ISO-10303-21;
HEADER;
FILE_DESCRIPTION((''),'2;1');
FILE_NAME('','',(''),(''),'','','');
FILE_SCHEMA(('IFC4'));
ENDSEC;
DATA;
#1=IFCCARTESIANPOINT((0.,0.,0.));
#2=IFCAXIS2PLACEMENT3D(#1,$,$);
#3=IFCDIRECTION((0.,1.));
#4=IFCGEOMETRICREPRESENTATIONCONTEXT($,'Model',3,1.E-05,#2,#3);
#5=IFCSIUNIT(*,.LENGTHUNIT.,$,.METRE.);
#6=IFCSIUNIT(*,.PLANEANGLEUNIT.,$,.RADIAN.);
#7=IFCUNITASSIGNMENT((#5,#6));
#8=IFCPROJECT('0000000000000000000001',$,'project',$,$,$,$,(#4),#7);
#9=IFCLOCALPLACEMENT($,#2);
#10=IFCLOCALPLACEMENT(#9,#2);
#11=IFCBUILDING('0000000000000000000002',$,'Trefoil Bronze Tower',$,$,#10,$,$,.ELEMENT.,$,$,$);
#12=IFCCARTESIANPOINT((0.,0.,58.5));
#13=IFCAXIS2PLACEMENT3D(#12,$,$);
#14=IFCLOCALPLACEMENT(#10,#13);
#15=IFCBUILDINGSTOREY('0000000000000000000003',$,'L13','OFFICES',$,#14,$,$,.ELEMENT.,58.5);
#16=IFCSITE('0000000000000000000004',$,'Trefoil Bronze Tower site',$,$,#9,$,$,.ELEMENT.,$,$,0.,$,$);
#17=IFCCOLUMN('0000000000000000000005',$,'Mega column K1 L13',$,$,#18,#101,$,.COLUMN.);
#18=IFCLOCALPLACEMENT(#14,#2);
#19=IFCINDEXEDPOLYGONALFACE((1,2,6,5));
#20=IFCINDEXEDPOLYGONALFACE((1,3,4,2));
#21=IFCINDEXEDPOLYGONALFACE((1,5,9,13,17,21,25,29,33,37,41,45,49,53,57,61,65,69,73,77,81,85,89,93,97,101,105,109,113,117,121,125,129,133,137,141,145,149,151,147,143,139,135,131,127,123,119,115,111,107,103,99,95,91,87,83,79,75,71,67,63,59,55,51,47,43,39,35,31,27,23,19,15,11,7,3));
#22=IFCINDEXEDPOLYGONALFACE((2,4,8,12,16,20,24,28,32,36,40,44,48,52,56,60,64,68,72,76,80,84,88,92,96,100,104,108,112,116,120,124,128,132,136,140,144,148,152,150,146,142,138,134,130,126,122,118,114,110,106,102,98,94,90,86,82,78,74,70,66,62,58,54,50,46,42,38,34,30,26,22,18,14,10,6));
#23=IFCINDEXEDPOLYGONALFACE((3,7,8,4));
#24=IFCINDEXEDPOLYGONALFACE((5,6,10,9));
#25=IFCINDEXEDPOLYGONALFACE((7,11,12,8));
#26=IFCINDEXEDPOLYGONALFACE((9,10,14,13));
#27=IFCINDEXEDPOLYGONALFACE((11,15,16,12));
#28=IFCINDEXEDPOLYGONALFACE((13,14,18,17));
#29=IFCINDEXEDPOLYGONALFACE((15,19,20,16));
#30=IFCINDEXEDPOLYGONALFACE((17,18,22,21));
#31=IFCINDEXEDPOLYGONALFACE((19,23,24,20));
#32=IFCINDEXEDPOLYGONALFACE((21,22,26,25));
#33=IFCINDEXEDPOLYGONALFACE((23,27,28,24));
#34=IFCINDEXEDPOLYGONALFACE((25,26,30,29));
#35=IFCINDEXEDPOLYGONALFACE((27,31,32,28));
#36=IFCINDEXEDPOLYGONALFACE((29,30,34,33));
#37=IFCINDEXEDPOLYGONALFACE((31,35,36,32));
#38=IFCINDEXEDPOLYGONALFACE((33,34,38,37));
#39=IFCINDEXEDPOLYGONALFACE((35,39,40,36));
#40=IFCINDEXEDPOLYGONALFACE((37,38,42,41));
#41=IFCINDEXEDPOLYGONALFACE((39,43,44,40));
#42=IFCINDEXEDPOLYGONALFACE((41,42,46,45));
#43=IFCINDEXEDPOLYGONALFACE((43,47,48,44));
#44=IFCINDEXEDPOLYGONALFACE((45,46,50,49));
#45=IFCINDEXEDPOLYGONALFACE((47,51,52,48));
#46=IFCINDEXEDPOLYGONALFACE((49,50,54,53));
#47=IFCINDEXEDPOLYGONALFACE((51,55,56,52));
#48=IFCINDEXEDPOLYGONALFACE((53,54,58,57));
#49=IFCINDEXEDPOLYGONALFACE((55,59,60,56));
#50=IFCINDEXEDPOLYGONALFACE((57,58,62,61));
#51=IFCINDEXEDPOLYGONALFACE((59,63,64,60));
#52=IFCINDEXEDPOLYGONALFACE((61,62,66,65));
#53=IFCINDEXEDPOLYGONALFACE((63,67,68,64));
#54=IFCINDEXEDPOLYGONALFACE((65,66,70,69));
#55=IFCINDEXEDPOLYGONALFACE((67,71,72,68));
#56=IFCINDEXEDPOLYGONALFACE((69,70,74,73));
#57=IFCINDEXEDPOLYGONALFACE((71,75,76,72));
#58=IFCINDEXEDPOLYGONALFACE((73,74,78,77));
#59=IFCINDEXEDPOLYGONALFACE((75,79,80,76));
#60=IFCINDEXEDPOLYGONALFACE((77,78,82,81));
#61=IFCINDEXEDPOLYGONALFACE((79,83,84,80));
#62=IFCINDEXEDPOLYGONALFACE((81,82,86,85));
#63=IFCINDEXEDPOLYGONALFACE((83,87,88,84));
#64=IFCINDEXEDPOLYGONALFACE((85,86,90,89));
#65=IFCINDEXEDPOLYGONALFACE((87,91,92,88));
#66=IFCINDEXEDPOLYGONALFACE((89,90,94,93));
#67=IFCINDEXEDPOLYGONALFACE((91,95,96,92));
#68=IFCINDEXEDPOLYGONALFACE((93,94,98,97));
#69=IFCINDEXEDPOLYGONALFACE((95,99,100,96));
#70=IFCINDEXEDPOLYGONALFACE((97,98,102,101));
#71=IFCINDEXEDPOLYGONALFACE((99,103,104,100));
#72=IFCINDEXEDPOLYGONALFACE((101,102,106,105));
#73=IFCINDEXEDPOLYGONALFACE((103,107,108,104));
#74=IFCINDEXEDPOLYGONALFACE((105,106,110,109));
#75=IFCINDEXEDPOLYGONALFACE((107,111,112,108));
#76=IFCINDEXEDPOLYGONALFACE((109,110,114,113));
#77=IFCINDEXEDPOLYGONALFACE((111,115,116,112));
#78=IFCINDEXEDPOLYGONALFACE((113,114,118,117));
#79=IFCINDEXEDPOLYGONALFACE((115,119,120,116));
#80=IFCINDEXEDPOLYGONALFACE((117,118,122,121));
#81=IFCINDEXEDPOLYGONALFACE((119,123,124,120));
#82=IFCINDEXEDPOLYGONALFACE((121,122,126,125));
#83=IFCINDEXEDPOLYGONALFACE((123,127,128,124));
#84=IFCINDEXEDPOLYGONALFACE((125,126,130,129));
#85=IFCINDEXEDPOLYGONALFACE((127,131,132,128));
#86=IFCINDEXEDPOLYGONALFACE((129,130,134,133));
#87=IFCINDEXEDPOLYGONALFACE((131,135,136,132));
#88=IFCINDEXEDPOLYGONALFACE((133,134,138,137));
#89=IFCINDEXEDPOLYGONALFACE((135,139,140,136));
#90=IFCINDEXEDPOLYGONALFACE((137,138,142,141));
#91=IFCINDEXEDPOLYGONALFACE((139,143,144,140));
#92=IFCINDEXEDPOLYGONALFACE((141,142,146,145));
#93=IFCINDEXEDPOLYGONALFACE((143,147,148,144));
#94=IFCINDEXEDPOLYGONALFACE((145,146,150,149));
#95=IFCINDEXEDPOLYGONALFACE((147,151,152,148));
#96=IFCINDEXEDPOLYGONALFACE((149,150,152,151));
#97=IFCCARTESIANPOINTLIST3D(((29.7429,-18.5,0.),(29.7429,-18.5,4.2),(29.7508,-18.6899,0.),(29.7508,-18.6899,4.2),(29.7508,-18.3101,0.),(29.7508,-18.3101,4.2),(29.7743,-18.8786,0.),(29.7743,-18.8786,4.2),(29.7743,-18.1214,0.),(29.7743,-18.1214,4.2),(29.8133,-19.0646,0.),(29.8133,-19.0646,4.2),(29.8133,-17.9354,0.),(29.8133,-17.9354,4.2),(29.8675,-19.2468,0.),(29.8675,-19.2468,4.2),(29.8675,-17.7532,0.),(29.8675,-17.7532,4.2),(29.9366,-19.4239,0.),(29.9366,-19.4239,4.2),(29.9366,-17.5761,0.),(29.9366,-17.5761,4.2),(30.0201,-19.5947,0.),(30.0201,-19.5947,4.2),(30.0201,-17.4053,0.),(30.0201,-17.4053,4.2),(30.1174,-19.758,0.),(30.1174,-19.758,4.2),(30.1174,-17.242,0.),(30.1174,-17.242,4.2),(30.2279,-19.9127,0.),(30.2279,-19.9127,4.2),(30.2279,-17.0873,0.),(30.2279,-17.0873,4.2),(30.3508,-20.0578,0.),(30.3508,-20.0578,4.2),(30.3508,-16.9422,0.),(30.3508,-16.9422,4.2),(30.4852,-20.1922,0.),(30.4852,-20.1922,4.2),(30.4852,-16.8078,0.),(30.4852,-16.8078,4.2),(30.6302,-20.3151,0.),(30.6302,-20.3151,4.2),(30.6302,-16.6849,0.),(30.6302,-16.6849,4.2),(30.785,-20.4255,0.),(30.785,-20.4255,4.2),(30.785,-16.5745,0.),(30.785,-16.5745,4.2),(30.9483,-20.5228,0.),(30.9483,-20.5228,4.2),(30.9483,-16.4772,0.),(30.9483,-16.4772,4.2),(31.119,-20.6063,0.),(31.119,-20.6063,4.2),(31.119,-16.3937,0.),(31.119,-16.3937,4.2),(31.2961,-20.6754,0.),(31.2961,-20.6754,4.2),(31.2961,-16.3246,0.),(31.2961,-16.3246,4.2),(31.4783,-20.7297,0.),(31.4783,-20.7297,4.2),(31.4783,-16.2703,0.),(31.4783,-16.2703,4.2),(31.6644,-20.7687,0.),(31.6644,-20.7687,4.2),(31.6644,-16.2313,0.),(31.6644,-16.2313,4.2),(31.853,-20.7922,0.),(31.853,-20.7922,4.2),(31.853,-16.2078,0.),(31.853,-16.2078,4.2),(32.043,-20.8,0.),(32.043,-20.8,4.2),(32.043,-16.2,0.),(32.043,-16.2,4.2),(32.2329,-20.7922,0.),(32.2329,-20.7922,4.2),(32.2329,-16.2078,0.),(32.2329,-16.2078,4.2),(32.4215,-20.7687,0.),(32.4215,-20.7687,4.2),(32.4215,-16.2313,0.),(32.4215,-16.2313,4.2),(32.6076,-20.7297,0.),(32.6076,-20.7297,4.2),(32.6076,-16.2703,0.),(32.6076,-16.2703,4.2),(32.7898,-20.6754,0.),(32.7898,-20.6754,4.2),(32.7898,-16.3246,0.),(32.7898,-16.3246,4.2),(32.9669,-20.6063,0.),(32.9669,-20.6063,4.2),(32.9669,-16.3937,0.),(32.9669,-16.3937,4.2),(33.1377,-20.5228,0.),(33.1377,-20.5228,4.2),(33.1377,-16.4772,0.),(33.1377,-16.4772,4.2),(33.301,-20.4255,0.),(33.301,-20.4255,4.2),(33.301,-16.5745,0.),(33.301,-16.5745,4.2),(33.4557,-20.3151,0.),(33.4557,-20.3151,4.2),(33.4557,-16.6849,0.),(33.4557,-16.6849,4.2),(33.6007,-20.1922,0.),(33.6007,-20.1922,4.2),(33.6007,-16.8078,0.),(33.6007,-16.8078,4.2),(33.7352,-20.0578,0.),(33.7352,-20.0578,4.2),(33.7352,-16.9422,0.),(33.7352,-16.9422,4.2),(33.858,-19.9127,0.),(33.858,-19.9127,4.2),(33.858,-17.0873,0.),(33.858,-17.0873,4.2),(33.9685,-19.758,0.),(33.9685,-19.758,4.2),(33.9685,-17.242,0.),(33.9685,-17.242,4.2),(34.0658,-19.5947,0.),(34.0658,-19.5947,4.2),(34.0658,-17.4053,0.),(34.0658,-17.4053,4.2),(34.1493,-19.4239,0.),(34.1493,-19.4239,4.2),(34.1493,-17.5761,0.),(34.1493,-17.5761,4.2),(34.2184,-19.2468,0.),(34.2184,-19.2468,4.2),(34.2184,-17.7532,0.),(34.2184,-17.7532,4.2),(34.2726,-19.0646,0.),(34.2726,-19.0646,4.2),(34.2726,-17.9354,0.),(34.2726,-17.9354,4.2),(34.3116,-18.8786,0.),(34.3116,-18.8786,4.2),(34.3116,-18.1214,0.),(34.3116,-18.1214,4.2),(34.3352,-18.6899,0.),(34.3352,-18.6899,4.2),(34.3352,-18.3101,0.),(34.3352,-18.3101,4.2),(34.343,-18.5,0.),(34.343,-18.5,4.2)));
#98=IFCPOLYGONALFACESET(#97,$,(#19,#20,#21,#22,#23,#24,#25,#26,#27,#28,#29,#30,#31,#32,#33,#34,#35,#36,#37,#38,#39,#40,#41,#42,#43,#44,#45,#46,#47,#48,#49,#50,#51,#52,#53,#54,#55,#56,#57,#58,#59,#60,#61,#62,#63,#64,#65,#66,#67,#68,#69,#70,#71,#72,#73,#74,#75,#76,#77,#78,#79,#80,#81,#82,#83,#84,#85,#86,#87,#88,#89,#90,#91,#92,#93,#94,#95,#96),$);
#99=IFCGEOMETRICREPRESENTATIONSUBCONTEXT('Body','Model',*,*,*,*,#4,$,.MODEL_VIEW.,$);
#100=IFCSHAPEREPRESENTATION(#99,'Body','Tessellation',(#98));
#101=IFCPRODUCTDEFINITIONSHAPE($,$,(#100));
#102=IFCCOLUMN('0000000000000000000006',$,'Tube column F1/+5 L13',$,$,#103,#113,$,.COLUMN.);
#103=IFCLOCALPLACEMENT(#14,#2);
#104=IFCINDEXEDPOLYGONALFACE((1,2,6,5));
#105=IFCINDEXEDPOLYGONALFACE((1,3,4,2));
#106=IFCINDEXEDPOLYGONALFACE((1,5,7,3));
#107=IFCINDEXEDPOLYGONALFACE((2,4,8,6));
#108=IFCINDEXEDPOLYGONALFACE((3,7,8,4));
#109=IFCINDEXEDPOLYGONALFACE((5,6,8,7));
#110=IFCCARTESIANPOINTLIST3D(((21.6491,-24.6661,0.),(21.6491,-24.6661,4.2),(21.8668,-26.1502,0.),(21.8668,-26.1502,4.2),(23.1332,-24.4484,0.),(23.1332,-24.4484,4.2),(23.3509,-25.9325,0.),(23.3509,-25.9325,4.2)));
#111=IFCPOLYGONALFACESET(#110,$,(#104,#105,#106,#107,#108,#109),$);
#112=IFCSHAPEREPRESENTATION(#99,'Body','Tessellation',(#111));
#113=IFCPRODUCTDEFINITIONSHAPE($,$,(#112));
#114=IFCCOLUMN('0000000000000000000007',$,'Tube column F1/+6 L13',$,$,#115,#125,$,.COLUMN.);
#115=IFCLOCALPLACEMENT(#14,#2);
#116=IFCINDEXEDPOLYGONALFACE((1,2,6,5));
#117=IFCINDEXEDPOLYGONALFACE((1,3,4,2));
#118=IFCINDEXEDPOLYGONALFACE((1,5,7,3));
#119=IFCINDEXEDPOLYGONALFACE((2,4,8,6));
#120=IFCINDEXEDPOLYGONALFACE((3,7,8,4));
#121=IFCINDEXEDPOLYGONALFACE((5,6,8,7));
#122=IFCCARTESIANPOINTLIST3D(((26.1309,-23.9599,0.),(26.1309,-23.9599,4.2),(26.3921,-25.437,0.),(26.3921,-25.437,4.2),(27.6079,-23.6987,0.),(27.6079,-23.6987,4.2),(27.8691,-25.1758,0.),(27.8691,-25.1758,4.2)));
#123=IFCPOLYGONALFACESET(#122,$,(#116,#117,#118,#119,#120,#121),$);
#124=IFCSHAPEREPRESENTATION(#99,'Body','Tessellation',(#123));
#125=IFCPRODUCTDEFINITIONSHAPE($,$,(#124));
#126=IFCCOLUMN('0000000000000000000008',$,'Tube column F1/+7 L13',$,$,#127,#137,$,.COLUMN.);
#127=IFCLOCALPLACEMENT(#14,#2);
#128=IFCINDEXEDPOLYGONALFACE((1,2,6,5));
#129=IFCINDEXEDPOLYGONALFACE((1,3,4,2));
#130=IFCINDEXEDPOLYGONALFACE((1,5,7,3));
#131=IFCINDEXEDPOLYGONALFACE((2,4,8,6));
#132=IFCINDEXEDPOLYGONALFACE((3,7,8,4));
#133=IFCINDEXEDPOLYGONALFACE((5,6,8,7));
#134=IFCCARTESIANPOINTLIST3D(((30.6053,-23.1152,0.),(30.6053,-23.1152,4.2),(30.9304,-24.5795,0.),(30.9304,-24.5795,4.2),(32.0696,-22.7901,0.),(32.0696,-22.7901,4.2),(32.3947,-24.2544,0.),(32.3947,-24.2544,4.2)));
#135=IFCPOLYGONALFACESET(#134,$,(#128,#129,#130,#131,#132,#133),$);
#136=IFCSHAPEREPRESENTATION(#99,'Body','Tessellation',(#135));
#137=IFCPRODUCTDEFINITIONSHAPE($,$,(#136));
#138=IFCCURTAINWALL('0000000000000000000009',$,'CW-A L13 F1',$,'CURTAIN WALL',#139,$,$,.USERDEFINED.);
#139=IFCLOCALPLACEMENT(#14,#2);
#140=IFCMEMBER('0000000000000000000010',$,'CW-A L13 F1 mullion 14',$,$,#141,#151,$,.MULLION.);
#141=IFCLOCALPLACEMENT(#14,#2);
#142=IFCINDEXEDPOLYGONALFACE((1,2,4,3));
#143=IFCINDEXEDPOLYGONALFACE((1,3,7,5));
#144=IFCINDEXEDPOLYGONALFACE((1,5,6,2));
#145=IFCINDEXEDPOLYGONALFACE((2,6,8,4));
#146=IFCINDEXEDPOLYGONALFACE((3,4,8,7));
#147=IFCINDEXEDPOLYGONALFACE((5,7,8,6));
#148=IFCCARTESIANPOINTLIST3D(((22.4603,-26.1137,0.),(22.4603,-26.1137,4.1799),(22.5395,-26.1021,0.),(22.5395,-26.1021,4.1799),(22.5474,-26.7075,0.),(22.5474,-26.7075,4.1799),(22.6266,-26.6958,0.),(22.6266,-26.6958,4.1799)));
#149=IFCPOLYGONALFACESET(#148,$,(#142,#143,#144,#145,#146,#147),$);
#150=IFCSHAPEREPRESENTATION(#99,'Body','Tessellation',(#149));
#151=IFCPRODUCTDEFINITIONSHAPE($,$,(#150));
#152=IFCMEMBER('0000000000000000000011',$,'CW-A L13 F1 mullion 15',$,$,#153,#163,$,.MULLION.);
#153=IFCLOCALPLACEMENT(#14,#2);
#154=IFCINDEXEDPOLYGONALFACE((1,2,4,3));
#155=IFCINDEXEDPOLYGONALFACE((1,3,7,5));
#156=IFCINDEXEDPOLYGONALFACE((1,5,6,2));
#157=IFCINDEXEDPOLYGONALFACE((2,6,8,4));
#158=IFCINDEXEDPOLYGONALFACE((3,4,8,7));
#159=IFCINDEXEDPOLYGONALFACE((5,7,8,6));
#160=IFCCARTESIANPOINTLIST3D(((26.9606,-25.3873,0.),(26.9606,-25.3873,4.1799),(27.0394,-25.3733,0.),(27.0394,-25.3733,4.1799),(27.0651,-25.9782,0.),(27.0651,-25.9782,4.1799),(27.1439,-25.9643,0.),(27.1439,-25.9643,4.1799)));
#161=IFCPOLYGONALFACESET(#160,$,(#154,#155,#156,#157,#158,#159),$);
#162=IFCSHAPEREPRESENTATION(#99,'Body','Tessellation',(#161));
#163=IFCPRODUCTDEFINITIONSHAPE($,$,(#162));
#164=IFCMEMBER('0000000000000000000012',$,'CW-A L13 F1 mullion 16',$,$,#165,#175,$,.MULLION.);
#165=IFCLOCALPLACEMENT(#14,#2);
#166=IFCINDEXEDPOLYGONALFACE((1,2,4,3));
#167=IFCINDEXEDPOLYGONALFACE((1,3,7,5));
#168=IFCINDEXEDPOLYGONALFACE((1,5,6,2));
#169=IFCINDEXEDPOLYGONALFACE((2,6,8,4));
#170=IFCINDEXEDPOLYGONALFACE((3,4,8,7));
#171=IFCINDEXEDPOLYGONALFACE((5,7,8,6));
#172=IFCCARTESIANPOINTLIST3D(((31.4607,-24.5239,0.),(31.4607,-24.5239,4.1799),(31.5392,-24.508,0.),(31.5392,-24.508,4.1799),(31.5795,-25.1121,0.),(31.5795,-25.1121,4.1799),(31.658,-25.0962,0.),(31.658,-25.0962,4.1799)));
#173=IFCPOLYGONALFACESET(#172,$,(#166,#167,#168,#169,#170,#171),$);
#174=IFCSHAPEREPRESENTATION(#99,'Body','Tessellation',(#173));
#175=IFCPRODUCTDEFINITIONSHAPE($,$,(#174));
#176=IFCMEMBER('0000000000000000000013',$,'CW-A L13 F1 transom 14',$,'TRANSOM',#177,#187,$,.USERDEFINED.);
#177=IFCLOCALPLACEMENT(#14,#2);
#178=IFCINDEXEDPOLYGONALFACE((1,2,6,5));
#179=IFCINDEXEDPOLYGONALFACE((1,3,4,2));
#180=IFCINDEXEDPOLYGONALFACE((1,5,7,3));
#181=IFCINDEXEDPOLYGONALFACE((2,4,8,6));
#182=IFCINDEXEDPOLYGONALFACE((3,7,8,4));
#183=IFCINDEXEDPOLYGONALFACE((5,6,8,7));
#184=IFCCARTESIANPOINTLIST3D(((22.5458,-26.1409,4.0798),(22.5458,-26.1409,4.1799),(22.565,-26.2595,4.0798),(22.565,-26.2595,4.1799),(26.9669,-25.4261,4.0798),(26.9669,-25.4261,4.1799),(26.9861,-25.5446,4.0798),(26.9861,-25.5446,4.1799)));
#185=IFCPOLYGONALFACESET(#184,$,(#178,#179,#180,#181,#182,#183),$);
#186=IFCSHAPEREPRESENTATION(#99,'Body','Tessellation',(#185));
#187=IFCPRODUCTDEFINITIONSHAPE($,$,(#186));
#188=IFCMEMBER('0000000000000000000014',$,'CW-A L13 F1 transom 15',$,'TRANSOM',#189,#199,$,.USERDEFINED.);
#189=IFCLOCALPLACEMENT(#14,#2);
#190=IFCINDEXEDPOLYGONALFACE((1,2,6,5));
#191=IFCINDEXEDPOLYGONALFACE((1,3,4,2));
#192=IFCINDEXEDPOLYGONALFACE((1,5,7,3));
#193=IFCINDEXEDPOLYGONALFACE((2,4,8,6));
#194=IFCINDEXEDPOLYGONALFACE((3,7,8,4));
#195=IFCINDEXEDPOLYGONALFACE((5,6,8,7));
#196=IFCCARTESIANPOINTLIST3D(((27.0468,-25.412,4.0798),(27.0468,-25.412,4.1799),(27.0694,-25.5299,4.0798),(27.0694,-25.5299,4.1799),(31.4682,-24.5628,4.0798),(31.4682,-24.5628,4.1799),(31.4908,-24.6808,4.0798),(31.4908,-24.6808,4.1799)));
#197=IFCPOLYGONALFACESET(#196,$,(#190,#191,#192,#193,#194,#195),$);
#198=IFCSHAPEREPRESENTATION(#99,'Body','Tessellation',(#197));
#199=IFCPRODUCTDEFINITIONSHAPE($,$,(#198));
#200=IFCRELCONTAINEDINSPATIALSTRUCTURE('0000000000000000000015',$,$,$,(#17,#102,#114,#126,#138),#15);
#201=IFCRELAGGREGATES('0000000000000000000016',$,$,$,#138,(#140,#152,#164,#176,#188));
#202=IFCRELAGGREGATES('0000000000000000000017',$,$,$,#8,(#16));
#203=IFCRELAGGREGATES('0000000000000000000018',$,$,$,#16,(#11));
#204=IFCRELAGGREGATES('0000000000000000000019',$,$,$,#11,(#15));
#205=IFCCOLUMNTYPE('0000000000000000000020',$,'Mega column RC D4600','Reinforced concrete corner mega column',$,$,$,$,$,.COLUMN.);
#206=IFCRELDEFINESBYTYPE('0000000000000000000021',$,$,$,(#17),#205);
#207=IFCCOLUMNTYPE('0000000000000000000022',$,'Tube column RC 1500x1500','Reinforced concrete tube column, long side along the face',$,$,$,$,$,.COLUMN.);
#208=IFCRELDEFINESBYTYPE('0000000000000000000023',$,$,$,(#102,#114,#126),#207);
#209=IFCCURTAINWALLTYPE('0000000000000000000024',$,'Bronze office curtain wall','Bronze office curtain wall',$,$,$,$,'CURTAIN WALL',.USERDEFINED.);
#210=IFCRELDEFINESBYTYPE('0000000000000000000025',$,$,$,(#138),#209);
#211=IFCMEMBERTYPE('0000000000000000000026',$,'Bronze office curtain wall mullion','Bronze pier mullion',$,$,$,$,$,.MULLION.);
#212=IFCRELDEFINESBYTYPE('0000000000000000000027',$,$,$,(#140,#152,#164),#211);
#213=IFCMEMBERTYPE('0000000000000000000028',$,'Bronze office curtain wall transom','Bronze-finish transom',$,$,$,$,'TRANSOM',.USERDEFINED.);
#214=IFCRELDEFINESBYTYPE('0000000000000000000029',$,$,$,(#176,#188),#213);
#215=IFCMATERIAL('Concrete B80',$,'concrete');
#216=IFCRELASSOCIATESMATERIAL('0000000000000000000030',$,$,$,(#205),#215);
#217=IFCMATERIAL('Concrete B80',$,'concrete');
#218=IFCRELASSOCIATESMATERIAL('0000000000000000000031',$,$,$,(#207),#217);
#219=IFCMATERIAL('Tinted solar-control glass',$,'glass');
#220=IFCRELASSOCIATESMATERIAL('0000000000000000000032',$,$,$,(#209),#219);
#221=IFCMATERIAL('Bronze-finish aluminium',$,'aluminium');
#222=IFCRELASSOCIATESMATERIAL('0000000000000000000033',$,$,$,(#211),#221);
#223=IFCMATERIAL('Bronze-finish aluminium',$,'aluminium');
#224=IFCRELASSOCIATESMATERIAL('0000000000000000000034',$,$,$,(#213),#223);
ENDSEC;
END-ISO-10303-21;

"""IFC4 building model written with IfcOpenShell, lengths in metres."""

from ifc_helpers import new_model, si_unit, direction, frame, origin, origin_2d, place, context, subcontext, project, spatial, rectangle, circle, extrude, material, material_profile, profile_set, type_object, element, aggregate, save


model = new_model("IFC4")

# Units and contexts
model_context = context("Model", 3, precision=1e-05, world=origin(), true_north=direction((0.0, 1.0)))
body_context = subcontext(model_context, "Body", "Model", "MODEL_VIEW")
ifc_project = project(units=[si_unit("LENGTHUNIT", "METRE"), si_unit("PLANEANGLEUNIT", "RADIAN")], contexts=[model_context])

# Site, building, storey
site_placement = place(None, origin())
site = spatial("IfcSite", under=ifc_project, at=site_placement, Name="Trefoil Bronze Tower site", CompositionType="ELEMENT", RefElevation=0.0)
building_placement = place(site_placement, origin())
building = spatial("IfcBuilding", under=site, at=building_placement, Name="Trefoil Bronze Tower", CompositionType="ELEMENT")
storey_placement = place(building_placement, frame((0.0, 0.0, 58.5)))
storey = spatial("IfcBuildingStorey", under=building, at=storey_placement, Name="L13", Description="OFFICES", CompositionType="ELEMENT", Elevation=58.5)

# Columns
ifc_material_1 = material(Name="Concrete B80", Category="concrete")
ifc_material_profile_1 = material_profile(ifc_material_1, circle(Radius=2.3, at=origin_2d()), Name="RC D4600")
ifc_profile_set_1 = profile_set([ifc_material_profile_1], Name="Concrete B80")
column_type_1 = type_object("IfcColumnType", Name="Mega column RC D4600", Description="Reinforced concrete corner mega column", PredefinedType="COLUMN", material=ifc_profile_set_1)
column_placement = place(storey_placement, frame((32.043, -18.5, 0.0), z_axis=(0.0, 0.0, 1.0), x_axis=(1.0, 0.0, 0.0)))
element("IfcColumn", 1, at=column_placement, inside=storey, type_object=column_type_1, Name="Mega column K1 L13", PredefinedType="COLUMN", context=body_context, shape_type="SweptSolid", body=[
    extrude(circle(Radius=2.3, at=origin_2d()), origin(), (0.0, 0.0, 1.0), 4.2),
])
ifc_material_2 = material(Name="Concrete B80", Category="concrete")
ifc_material_profile_2 = material_profile(ifc_material_2, rectangle(XDim=1.5, YDim=1.5, at=origin_2d()), Name="RC 1500x1500")
ifc_profile_set_2 = profile_set([ifc_material_profile_2], Name="Concrete B80")
column_type_2 = type_object("IfcColumnType", Name="Tube column RC 1500x1500", Description="Reinforced concrete tube column, long side along the face", PredefinedType="COLUMN", material=ifc_profile_set_2)
for number, where, z_axis, x_axis, name in (
    (2, (22.5, -25.2993, 0.0), (0.0, 0.0, 1.0), (0.989416, 0.145109, 0.0), "Tube column F1/+5 L13"),
    (3, (27.0, -24.5679, 0.0), (0.0, 0.0, 1.0), (0.984722, 0.174131, 0.0), "Tube column F1/+6 L13"),
    (4, (31.5, -23.6848, 0.0), (0.0, 0.0, 1.0), (0.97623, 0.216739, 0.0), "Tube column F1/+7 L13"),
):
    element("IfcColumn", number, at=place(storey_placement, frame(where, z_axis=z_axis, x_axis=x_axis)), inside=storey, type_object=column_type_2, Name=name, PredefinedType="COLUMN", context=body_context, shape_type="SweptSolid", body=[
        extrude(rectangle(XDim=1.5, YDim=1.5, at=origin_2d()), origin(), (0.0, 0.0, 1.0), 4.2),
    ])

# Curtain wall, members
ifc_material_3 = material(Name="Tinted solar-control glass", Category="glass")
curtain_wall_type_1 = type_object("IfcCurtainWallType", Name="Bronze office curtain wall", Description="Bronze office curtain wall", ElementType="CURTAIN WALL", PredefinedType="USERDEFINED", material=ifc_material_3)
curtain_wall_1_placement = place(storey_placement, origin())
curtain_wall_1 = element("IfcCurtainWall", 5, at=curtain_wall_1_placement, inside=storey, type_object=curtain_wall_type_1, Name="CW-A L13 F1", ObjectType="CURTAIN WALL", PredefinedType="USERDEFINED")
ifc_material_4 = material(Name="Bronze-finish aluminium", Category="aluminium")
ifc_material_profile_3 = material_profile(ifc_material_4, rectangle(XDim=0.6001, YDim=0.0801, at=origin_2d()), Name="CW-A mullion")
ifc_profile_set_3 = profile_set([ifc_material_profile_3], Name="Bronze-finish aluminium")
member_type_1 = type_object("IfcMemberType", Name="Bronze office curtain wall mullion", Description="Bronze pier mullion", PredefinedType="MULLION", material=ifc_profile_set_3)
member_1_placement = place(storey_placement, frame((22.5435, -26.4048, 0.0), z_axis=(0.0, 0.0, 1.0), x_axis=(-0.145109, 0.989416, 0.0)))
member_1 = element("IfcMember", 6, at=member_1_placement, type_object=member_type_1, Name="CW-A L13 F1 mullion 14", PredefinedType="MULLION", context=body_context, shape_type="SweptSolid", body=[
    extrude(rectangle(XDim=0.6001, YDim=0.0801, at=origin_2d()), origin(), (0.0, 0.0, 1.0), 4.1799),
])
member_2_placement = place(storey_placement, frame((27.0522, -25.6758, 0.0), z_axis=(0.0, 0.0, 1.0), x_axis=(-0.174131, 0.984722, 0.0)))
member_2 = element("IfcMember", 7, at=member_2_placement, type_object=member_type_1, Name="CW-A L13 F1 mullion 15", PredefinedType="MULLION", context=body_context, shape_type="SweptSolid", body=[
    extrude(rectangle(XDim=0.6001, YDim=0.0801, at=origin_2d()), origin(), (0.0, 0.0, 1.0), 4.1799),
])
member_3_placement = place(storey_placement, frame((31.5593, -24.8101, 0.0), z_axis=(0.0, 0.0, 1.0), x_axis=(-0.19791, 0.98022, 0.0)))
member_3 = element("IfcMember", 8, at=member_3_placement, type_object=member_type_1, Name="CW-A L13 F1 mullion 16", PredefinedType="MULLION", context=body_context, shape_type="SweptSolid", body=[
    extrude(rectangle(XDim=0.6001, YDim=0.0801, at=origin_2d()), origin(), (0.0, 0.0, 1.0), 4.1799),
])
ifc_material_5 = material(Name="Bronze-finish aluminium", Category="aluminium")
ifc_material_profile_4 = material_profile(ifc_material_5, rectangle(XDim=0.1201, YDim=0.1001, at=origin_2d()), Name="CW-A transom")
ifc_profile_set_4 = profile_set([ifc_material_profile_4], Name="Bronze-finish aluminium")
member_type_2 = type_object("IfcMemberType", Name="Bronze office curtain wall transom", Description="Bronze-finish transom", ElementType="TRANSOM", PredefinedType="USERDEFINED", material=ifc_profile_set_4)
member_4_placement = place(storey_placement, frame((22.5554, -26.2002, 4.1299), z_axis=(0.987179, 0.159615, 0.0), x_axis=(-0.159615, 0.987179, 0.0)))
member_4 = element("IfcMember", 9, at=member_4_placement, type_object=member_type_2, Name="CW-A L13 F1 transom 14", ObjectType="TRANSOM", PredefinedType="USERDEFINED", context=body_context, shape_type="SweptSolid", body=[
    extrude(rectangle(XDim=0.1201, YDim=0.1001, at=origin_2d()), origin(), (0.0, 0.0, 1.0), 4.4785),
])
member_5_placement = place(storey_placement, frame((27.0581, -25.4709, 4.1299), z_axis=(0.982054, 0.188602, 0.0), x_axis=(-0.188602, 0.982054, 0.0)))
member_5 = element("IfcMember", 10, at=member_5_placement, type_object=member_type_2, Name="CW-A L13 F1 transom 15", ObjectType="TRANSOM", PredefinedType="USERDEFINED", context=body_context, shape_type="SweptSolid", body=[
    extrude(rectangle(XDim=0.1201, YDim=0.1001, at=origin_2d()), origin(), (0.0, 0.0, 1.0), 4.5022),
])

aggregate(curtain_wall_1, [member_1, member_2, member_3, member_4, member_5])

save(model, "model.ifc")
